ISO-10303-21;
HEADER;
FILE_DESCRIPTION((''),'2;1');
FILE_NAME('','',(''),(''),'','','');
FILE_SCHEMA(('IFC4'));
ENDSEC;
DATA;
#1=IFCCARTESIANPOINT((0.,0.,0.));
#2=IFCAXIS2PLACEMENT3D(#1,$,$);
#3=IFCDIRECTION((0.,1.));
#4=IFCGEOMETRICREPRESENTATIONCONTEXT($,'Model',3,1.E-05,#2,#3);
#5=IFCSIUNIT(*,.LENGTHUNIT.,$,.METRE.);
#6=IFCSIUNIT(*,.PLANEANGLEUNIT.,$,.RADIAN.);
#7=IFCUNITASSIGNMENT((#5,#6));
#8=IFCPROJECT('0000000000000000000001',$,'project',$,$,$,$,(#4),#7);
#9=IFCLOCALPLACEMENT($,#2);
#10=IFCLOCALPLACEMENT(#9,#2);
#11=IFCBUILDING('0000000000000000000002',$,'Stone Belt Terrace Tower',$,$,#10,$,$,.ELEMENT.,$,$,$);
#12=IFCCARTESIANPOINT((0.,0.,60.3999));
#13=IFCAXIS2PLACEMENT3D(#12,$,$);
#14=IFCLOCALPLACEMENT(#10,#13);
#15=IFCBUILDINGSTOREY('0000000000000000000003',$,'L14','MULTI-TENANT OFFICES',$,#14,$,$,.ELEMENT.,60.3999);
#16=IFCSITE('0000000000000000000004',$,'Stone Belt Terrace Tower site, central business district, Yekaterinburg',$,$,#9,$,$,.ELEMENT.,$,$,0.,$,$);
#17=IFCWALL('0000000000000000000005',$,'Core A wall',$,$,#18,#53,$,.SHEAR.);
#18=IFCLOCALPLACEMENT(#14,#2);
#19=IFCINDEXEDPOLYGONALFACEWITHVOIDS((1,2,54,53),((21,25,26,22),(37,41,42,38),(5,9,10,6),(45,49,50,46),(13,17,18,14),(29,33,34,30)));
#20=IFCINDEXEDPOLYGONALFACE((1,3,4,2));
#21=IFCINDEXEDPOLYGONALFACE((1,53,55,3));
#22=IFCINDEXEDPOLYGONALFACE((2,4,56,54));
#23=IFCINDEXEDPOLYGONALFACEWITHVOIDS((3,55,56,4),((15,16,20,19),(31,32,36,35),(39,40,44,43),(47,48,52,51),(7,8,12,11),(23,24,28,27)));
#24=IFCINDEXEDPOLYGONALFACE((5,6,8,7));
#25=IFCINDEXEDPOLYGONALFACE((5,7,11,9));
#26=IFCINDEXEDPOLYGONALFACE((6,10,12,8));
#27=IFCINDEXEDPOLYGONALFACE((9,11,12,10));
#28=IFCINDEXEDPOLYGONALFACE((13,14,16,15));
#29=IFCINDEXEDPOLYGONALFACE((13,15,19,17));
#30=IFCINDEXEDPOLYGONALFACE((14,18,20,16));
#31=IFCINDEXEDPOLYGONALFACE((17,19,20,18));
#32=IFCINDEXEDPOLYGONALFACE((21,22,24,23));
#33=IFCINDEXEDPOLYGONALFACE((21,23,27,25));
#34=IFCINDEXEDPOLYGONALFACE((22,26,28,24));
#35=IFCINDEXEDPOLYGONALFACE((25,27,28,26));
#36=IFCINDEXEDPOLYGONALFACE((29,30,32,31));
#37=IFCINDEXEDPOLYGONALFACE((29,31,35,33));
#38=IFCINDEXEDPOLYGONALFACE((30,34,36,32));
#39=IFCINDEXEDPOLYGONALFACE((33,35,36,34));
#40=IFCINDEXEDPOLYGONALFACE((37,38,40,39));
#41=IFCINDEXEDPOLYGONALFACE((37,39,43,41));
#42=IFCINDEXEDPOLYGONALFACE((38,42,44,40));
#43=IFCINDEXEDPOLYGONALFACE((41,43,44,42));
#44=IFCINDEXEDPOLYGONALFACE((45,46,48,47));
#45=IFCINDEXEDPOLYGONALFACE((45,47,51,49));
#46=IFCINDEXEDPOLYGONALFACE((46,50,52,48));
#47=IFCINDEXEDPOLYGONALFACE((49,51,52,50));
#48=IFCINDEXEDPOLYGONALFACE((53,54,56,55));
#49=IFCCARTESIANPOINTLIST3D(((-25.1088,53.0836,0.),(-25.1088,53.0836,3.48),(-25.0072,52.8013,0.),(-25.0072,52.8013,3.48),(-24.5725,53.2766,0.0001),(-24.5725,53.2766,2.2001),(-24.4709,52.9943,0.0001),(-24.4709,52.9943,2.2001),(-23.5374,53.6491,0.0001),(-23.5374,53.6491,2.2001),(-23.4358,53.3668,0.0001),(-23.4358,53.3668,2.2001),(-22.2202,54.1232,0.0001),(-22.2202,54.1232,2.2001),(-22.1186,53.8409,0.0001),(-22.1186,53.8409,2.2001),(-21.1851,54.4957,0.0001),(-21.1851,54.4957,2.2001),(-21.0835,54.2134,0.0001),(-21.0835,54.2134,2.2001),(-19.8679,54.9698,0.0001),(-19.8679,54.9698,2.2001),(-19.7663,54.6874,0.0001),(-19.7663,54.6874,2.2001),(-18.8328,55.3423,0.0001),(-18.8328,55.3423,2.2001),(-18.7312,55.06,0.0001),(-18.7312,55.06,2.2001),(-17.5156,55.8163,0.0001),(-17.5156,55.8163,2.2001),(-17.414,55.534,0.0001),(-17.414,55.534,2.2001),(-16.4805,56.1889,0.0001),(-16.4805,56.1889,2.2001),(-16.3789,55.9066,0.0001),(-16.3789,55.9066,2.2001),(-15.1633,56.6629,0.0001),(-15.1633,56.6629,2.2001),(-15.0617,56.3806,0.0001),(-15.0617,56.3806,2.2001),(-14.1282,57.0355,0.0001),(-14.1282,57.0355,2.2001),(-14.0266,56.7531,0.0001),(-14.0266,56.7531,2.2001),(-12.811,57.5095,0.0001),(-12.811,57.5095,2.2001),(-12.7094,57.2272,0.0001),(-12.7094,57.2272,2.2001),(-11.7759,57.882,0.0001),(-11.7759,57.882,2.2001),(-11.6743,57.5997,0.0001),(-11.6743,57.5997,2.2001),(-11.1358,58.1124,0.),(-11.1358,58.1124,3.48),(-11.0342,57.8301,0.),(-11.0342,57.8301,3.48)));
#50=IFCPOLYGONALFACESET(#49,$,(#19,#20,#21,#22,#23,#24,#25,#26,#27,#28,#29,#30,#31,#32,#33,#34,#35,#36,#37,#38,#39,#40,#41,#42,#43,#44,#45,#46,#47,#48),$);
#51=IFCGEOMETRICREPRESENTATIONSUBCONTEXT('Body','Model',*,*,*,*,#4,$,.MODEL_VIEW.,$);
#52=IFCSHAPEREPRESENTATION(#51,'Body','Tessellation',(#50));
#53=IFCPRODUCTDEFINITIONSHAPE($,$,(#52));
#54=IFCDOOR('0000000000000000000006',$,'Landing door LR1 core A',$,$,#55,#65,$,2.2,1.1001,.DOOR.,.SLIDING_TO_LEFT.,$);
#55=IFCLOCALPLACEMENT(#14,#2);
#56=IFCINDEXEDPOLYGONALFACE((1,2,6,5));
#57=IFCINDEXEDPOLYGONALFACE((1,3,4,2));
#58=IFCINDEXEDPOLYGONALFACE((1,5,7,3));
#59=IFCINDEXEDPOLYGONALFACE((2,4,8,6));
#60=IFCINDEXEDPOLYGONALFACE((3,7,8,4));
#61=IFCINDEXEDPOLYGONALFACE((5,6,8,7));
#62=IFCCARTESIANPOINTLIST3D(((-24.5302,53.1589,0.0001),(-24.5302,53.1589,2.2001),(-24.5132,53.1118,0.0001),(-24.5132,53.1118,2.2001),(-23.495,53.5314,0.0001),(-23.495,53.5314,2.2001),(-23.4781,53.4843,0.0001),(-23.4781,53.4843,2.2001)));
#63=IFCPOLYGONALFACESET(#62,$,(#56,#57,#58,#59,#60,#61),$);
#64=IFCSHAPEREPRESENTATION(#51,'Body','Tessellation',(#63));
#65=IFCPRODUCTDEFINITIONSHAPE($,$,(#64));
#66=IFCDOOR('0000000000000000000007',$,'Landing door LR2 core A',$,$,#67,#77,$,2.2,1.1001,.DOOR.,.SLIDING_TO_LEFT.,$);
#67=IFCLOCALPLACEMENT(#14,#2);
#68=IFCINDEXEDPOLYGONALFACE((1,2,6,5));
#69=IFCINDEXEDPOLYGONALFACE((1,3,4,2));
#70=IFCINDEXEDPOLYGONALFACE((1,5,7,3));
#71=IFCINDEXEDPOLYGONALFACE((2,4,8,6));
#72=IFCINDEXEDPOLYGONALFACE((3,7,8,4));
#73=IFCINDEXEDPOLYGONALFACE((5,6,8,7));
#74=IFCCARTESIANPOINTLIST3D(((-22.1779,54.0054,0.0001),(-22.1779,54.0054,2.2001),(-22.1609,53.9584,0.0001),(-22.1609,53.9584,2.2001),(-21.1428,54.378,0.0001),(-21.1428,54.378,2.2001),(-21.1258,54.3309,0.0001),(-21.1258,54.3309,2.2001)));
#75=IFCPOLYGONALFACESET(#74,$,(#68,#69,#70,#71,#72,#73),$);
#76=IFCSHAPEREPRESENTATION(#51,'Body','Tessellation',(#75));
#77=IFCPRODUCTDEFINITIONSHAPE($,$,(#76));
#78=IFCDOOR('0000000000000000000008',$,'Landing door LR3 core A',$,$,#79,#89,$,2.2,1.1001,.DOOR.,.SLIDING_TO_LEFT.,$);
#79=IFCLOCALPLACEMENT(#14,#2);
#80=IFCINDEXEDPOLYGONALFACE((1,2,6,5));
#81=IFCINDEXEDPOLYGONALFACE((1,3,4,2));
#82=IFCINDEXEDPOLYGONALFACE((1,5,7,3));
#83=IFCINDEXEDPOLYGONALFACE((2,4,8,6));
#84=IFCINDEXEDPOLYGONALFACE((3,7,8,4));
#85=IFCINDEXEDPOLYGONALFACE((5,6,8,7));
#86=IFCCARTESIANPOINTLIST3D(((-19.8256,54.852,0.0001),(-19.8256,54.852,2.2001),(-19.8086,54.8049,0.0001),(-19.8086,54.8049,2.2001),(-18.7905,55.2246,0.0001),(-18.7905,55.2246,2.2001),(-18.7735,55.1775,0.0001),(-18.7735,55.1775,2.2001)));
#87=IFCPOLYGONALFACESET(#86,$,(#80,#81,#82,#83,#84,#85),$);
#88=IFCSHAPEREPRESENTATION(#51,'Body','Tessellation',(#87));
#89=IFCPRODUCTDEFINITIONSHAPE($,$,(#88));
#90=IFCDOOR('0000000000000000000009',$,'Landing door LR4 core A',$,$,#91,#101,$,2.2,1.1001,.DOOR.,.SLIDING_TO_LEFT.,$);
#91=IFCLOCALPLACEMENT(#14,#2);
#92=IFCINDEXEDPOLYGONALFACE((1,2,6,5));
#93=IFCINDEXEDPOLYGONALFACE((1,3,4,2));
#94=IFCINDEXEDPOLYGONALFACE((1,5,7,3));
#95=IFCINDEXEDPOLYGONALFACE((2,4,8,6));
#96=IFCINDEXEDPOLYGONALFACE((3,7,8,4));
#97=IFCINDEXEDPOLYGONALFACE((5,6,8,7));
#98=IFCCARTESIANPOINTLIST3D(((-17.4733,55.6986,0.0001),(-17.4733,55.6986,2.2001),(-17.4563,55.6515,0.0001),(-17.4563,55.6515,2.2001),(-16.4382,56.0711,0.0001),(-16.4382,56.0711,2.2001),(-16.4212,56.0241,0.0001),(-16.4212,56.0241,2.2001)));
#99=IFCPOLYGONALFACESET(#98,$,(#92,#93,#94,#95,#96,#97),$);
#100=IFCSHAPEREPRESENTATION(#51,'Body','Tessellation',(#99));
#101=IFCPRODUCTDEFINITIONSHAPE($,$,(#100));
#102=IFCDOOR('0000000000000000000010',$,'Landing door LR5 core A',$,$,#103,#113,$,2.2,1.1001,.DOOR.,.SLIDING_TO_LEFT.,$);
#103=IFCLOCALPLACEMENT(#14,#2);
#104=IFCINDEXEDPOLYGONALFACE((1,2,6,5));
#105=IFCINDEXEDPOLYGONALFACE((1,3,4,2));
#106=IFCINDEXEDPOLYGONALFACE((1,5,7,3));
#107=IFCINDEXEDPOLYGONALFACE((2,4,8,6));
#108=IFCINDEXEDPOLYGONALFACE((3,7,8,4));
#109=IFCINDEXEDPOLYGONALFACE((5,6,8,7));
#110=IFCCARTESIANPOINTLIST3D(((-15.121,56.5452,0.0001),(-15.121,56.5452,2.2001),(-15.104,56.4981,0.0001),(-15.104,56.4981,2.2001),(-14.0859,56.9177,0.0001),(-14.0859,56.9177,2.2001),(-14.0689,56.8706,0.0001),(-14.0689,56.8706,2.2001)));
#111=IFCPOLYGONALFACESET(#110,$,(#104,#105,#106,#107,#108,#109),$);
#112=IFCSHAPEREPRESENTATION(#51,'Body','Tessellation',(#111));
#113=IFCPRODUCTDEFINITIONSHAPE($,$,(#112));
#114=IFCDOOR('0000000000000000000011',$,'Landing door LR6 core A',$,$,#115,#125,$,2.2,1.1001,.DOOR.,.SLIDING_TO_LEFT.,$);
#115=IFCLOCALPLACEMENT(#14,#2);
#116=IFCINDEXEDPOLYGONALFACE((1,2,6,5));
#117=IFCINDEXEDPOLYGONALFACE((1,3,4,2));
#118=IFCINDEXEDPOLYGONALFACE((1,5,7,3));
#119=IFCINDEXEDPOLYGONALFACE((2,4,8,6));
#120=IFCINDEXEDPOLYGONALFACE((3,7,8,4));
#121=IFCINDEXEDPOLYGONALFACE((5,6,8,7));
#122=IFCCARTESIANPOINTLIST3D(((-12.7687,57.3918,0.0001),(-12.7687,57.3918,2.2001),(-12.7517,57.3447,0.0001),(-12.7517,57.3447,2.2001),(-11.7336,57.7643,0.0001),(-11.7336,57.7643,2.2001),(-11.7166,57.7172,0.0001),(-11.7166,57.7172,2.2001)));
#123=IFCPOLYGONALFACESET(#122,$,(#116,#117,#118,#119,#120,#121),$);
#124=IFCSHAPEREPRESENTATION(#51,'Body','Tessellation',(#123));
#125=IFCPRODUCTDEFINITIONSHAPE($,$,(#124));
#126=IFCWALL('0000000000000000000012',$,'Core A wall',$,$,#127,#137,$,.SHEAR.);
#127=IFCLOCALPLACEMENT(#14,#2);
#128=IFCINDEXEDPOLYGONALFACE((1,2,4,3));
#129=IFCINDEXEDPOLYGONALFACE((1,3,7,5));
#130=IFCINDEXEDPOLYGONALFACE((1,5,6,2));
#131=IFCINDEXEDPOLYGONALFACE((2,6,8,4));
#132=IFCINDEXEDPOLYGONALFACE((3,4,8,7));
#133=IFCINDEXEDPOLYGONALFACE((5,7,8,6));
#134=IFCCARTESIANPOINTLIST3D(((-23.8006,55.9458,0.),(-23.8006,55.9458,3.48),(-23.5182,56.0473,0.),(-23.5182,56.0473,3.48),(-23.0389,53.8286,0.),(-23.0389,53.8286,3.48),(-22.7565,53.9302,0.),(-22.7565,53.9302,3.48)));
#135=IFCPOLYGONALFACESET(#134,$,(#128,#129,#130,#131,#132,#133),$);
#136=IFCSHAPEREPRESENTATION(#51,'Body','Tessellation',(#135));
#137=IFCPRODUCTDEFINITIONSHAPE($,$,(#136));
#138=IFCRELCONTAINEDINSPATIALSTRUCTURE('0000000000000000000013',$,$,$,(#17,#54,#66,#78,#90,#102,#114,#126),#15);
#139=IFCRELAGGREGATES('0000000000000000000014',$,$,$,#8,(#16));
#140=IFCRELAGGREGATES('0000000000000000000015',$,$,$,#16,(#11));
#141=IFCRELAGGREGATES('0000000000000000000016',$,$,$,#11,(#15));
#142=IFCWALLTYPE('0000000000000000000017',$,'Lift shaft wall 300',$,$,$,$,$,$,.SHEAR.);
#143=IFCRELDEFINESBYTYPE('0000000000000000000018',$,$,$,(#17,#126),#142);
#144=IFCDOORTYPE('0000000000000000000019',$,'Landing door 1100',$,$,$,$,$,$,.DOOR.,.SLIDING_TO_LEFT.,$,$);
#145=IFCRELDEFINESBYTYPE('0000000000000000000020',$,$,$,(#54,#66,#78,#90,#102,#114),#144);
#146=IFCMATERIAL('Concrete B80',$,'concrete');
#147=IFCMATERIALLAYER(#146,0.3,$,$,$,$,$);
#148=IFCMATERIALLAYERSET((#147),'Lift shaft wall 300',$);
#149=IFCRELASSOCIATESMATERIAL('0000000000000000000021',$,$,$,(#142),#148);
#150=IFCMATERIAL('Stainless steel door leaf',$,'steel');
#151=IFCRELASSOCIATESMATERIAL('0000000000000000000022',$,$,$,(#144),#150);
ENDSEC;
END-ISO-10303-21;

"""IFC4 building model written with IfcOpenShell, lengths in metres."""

from ifc_helpers import new_model, si_unit, direction, frame, frame_2d, origin, place, context, subcontext, project, spatial, rectangle, extrude, material, layer, layer_set, type_object, element, fill, save


model = new_model("IFC4")

# Units and contexts
model_context = context("Model", 3, precision=1e-05, world=origin(), true_north=direction((0.0, 1.0)))
body_context = subcontext(model_context, "Body", "Model", "MODEL_VIEW")
ifc_project = project(units=[si_unit("LENGTHUNIT", "METRE"), si_unit("PLANEANGLEUNIT", "RADIAN")], contexts=[model_context])

# Site, building, storey
site_placement = place(None, origin())
site = spatial("IfcSite", under=ifc_project, at=site_placement, Name="Stone Belt Terrace Tower site, central business district, Yekaterinburg", CompositionType="ELEMENT", RefElevation=0.0)
building_placement = place(site_placement, origin())
building = spatial("IfcBuilding", under=site, at=building_placement, Name="Stone Belt Terrace Tower", CompositionType="ELEMENT")
storey_placement = place(building_placement, frame((0.0, 0.0, 60.3999)))
storey = spatial("IfcBuildingStorey", under=building, at=storey_placement, Name="L14", Description="MULTI-TENANT OFFICES", CompositionType="ELEMENT", Elevation=60.3999)

# Shared definitions
ifc_material_1 = material(Name="Concrete B80", Category="concrete")

# Shared definitions
ifc_layer_1 = layer(ifc_material_1, 0.3)
ifc_layer_set_1 = layer_set([ifc_layer_1], Name="Lift shaft wall 300")
wall_type_1 = type_object("IfcWallType", Name="Lift shaft wall 300", PredefinedType="SHEAR", material=ifc_layer_set_1)
ifc_material_2 = material(Name="Stainless steel door leaf", Category="steel")

# Wall, openings, doors
wall_1_placement = place(storey_placement, frame((-25.0581, 52.9424, 0.0), z_axis=(0.0, 0.0, 1.0), x_axis=(0.940918, 0.338634, 0.0)))
wall_1 = element("IfcWall", 1, at=wall_1_placement, inside=storey, type_object=wall_type_1, Name="Core A wall", PredefinedType="SHEAR", context=body_context, shape_type="SweptSolid", body=[
    extrude(rectangle(XDim=14.8503, YDim=0.3, at=frame_2d((7.4253, 0.0))), origin(), (0.0, 0.0, 1.0), 3.48),
])
opening_1_placement = place(wall_1_placement, frame((0.5701, 0.0, 0.0)))
opening_1 = element("IfcOpeningElement", 2, at=opening_1_placement, cuts=wall_1, PredefinedType="OPENING", context=body_context, shape_type="SweptSolid", body=[
    extrude(rectangle(XDim=1.1001, YDim=2.2, at=frame_2d((0.55, 1.1001))), frame((0.0, 0.1599, 0.0), z_axis=(0.0, -1.0, 0.0), x_axis=(1.0, 0.0, 0.0)), (0.0, 0.0, 1.0), 0.3201),
])
opening_2_placement = place(wall_1_placement, frame((3.0701, 0.0, 0.0)))
opening_2 = element("IfcOpeningElement", 3, at=opening_2_placement, cuts=wall_1, PredefinedType="OPENING", context=body_context, shape_type="SweptSolid", body=[
    extrude(rectangle(XDim=1.1001, YDim=2.2, at=frame_2d((0.55, 1.1001))), frame((0.0, 0.1599, 0.0), z_axis=(0.0, -1.0, 0.0), x_axis=(1.0, 0.0, 0.0)), (0.0, 0.0, 1.0), 0.3201),
])
opening_3_placement = place(wall_1_placement, frame((5.5701, 0.0, 0.0)))
opening_3 = element("IfcOpeningElement", 4, at=opening_3_placement, cuts=wall_1, PredefinedType="OPENING", context=body_context, shape_type="SweptSolid", body=[
    extrude(rectangle(XDim=1.1001, YDim=2.2, at=frame_2d((0.55, 1.1001))), frame((0.0, 0.1599, 0.0), z_axis=(0.0, -1.0, 0.0), x_axis=(1.0, 0.0, 0.0)), (0.0, 0.0, 1.0), 0.3201),
])
opening_4_placement = place(wall_1_placement, frame((8.0701, 0.0, 0.0)))
opening_4 = element("IfcOpeningElement", 5, at=opening_4_placement, cuts=wall_1, PredefinedType="OPENING", context=body_context, shape_type="SweptSolid", body=[
    extrude(rectangle(XDim=1.1001, YDim=2.2, at=frame_2d((0.55, 1.1001))), frame((0.0, 0.1599, 0.0), z_axis=(0.0, -1.0, 0.0), x_axis=(1.0, 0.0, 0.0)), (0.0, 0.0, 1.0), 0.3201),
])
opening_5_placement = place(wall_1_placement, frame((10.5701, 0.0, 0.0)))
opening_5 = element("IfcOpeningElement", 6, at=opening_5_placement, cuts=wall_1, PredefinedType="OPENING", context=body_context, shape_type="SweptSolid", body=[
    extrude(rectangle(XDim=1.1001, YDim=2.2, at=frame_2d((0.55, 1.1001))), frame((0.0, 0.1599, 0.0), z_axis=(0.0, -1.0, 0.0), x_axis=(1.0, 0.0, 0.0)), (0.0, 0.0, 1.0), 0.3201),
])
opening_6_placement = place(wall_1_placement, frame((13.0701, 0.0, 0.0)))
opening_6 = element("IfcOpeningElement", 7, at=opening_6_placement, cuts=wall_1, PredefinedType="OPENING", context=body_context, shape_type="SweptSolid", body=[
    extrude(rectangle(XDim=1.1001, YDim=2.2, at=frame_2d((0.55, 1.1001))), frame((0.0, 0.1599, 0.0), z_axis=(0.0, -1.0, 0.0), x_axis=(1.0, 0.0, 0.0)), (0.0, 0.0, 1.0), 0.3201),
])
door_type_1 = type_object("IfcDoorType", Name="Landing door 1100", OperationType="SLIDING_TO_LEFT", PredefinedType="DOOR", material=ifc_material_2)
door_1_placement = place(opening_1_placement, origin())
door_1 = element("IfcDoor", 8, at=door_1_placement, inside=storey, type_object=door_type_1, Name="Landing door LR1 core A", OperationType="SLIDING_TO_LEFT", OverallHeight=2.2, OverallWidth=1.1001, PredefinedType="DOOR", context=body_context, shape_type="SweptSolid", body=[
    extrude(rectangle(XDim=1.1001, YDim=2.2, at=frame_2d((0.55, 1.1001))), frame((0.0, 0.0249, 0.0), z_axis=(0.0, -1.0, 0.0), x_axis=(1.0, 0.0, 0.0)), (0.0, 0.0, 1.0), 0.05),
])
fill(opening_1, door_1)
door_2_placement = place(opening_2_placement, origin())
door_2 = element("IfcDoor", 9, at=door_2_placement, inside=storey, type_object=door_type_1, Name="Landing door LR2 core A", OperationType="SLIDING_TO_LEFT", OverallHeight=2.2, OverallWidth=1.1001, PredefinedType="DOOR", context=body_context, shape_type="SweptSolid", body=[
    extrude(rectangle(XDim=1.1001, YDim=2.2, at=frame_2d((0.55, 1.1001))), frame((0.0, 0.0249, 0.0), z_axis=(0.0, -1.0, 0.0), x_axis=(1.0, 0.0, 0.0)), (0.0, 0.0, 1.0), 0.05),
])
fill(opening_2, door_2)
door_3_placement = place(opening_3_placement, origin())
door_3 = element("IfcDoor", 10, at=door_3_placement, inside=storey, type_object=door_type_1, Name="Landing door LR3 core A", OperationType="SLIDING_TO_LEFT", OverallHeight=2.2, OverallWidth=1.1001, PredefinedType="DOOR", context=body_context, shape_type="SweptSolid", body=[
    extrude(rectangle(XDim=1.1001, YDim=2.2, at=frame_2d((0.55, 1.1001))), frame((0.0, 0.0249, 0.0), z_axis=(0.0, -1.0, 0.0), x_axis=(1.0, 0.0, 0.0)), (0.0, 0.0, 1.0), 0.05),
])
fill(opening_3, door_3)
door_4_placement = place(opening_4_placement, origin())
door_4 = element("IfcDoor", 11, at=door_4_placement, inside=storey, type_object=door_type_1, Name="Landing door LR4 core A", OperationType="SLIDING_TO_LEFT", OverallHeight=2.2, OverallWidth=1.1001, PredefinedType="DOOR", context=body_context, shape_type="SweptSolid", body=[
    extrude(rectangle(XDim=1.1001, YDim=2.2, at=frame_2d((0.55, 1.1001))), frame((0.0, 0.0249, 0.0), z_axis=(0.0, -1.0, 0.0), x_axis=(1.0, 0.0, 0.0)), (0.0, 0.0, 1.0), 0.05),
])
fill(opening_4, door_4)
door_5_placement = place(opening_5_placement, origin())
door_5 = element("IfcDoor", 12, at=door_5_placement, inside=storey, type_object=door_type_1, Name="Landing door LR5 core A", OperationType="SLIDING_TO_LEFT", OverallHeight=2.2, OverallWidth=1.1001, PredefinedType="DOOR", context=body_context, shape_type="SweptSolid", body=[
    extrude(rectangle(XDim=1.1001, YDim=2.2, at=frame_2d((0.55, 1.1001))), frame((0.0, 0.0249, 0.0), z_axis=(0.0, -1.0, 0.0), x_axis=(1.0, 0.0, 0.0)), (0.0, 0.0, 1.0), 0.05),
])
fill(opening_5, door_5)
door_6_placement = place(opening_6_placement, origin())
door_6 = element("IfcDoor", 13, at=door_6_placement, inside=storey, type_object=door_type_1, Name="Landing door LR6 core A", OperationType="SLIDING_TO_LEFT", OverallHeight=2.2, OverallWidth=1.1001, PredefinedType="DOOR", context=body_context, shape_type="SweptSolid", body=[
    extrude(rectangle(XDim=1.1001, YDim=2.2, at=frame_2d((0.55, 1.1001))), frame((0.0, 0.0249, 0.0), z_axis=(0.0, -1.0, 0.0), x_axis=(1.0, 0.0, 0.0)), (0.0, 0.0, 1.0), 0.05),
])
fill(opening_6, door_6)

# Wall
wall_2_placement = place(storey_placement, frame((-22.8977, 53.8794, 0.0), z_axis=(0.0, 0.0, 1.0), x_axis=(-0.338535, 0.940954, 0.0)))
element("IfcWall", 14, at=wall_2_placement, inside=storey, type_object=wall_type_1, Name="Core A wall", PredefinedType="SHEAR", context=body_context, shape_type="SweptSolid", body=[
    extrude(rectangle(XDim=2.25, YDim=0.3, at=frame_2d((1.125, 0.0))), origin(), (0.0, 0.0, 1.0), 3.48),
])

save(model, "model.ifc")
